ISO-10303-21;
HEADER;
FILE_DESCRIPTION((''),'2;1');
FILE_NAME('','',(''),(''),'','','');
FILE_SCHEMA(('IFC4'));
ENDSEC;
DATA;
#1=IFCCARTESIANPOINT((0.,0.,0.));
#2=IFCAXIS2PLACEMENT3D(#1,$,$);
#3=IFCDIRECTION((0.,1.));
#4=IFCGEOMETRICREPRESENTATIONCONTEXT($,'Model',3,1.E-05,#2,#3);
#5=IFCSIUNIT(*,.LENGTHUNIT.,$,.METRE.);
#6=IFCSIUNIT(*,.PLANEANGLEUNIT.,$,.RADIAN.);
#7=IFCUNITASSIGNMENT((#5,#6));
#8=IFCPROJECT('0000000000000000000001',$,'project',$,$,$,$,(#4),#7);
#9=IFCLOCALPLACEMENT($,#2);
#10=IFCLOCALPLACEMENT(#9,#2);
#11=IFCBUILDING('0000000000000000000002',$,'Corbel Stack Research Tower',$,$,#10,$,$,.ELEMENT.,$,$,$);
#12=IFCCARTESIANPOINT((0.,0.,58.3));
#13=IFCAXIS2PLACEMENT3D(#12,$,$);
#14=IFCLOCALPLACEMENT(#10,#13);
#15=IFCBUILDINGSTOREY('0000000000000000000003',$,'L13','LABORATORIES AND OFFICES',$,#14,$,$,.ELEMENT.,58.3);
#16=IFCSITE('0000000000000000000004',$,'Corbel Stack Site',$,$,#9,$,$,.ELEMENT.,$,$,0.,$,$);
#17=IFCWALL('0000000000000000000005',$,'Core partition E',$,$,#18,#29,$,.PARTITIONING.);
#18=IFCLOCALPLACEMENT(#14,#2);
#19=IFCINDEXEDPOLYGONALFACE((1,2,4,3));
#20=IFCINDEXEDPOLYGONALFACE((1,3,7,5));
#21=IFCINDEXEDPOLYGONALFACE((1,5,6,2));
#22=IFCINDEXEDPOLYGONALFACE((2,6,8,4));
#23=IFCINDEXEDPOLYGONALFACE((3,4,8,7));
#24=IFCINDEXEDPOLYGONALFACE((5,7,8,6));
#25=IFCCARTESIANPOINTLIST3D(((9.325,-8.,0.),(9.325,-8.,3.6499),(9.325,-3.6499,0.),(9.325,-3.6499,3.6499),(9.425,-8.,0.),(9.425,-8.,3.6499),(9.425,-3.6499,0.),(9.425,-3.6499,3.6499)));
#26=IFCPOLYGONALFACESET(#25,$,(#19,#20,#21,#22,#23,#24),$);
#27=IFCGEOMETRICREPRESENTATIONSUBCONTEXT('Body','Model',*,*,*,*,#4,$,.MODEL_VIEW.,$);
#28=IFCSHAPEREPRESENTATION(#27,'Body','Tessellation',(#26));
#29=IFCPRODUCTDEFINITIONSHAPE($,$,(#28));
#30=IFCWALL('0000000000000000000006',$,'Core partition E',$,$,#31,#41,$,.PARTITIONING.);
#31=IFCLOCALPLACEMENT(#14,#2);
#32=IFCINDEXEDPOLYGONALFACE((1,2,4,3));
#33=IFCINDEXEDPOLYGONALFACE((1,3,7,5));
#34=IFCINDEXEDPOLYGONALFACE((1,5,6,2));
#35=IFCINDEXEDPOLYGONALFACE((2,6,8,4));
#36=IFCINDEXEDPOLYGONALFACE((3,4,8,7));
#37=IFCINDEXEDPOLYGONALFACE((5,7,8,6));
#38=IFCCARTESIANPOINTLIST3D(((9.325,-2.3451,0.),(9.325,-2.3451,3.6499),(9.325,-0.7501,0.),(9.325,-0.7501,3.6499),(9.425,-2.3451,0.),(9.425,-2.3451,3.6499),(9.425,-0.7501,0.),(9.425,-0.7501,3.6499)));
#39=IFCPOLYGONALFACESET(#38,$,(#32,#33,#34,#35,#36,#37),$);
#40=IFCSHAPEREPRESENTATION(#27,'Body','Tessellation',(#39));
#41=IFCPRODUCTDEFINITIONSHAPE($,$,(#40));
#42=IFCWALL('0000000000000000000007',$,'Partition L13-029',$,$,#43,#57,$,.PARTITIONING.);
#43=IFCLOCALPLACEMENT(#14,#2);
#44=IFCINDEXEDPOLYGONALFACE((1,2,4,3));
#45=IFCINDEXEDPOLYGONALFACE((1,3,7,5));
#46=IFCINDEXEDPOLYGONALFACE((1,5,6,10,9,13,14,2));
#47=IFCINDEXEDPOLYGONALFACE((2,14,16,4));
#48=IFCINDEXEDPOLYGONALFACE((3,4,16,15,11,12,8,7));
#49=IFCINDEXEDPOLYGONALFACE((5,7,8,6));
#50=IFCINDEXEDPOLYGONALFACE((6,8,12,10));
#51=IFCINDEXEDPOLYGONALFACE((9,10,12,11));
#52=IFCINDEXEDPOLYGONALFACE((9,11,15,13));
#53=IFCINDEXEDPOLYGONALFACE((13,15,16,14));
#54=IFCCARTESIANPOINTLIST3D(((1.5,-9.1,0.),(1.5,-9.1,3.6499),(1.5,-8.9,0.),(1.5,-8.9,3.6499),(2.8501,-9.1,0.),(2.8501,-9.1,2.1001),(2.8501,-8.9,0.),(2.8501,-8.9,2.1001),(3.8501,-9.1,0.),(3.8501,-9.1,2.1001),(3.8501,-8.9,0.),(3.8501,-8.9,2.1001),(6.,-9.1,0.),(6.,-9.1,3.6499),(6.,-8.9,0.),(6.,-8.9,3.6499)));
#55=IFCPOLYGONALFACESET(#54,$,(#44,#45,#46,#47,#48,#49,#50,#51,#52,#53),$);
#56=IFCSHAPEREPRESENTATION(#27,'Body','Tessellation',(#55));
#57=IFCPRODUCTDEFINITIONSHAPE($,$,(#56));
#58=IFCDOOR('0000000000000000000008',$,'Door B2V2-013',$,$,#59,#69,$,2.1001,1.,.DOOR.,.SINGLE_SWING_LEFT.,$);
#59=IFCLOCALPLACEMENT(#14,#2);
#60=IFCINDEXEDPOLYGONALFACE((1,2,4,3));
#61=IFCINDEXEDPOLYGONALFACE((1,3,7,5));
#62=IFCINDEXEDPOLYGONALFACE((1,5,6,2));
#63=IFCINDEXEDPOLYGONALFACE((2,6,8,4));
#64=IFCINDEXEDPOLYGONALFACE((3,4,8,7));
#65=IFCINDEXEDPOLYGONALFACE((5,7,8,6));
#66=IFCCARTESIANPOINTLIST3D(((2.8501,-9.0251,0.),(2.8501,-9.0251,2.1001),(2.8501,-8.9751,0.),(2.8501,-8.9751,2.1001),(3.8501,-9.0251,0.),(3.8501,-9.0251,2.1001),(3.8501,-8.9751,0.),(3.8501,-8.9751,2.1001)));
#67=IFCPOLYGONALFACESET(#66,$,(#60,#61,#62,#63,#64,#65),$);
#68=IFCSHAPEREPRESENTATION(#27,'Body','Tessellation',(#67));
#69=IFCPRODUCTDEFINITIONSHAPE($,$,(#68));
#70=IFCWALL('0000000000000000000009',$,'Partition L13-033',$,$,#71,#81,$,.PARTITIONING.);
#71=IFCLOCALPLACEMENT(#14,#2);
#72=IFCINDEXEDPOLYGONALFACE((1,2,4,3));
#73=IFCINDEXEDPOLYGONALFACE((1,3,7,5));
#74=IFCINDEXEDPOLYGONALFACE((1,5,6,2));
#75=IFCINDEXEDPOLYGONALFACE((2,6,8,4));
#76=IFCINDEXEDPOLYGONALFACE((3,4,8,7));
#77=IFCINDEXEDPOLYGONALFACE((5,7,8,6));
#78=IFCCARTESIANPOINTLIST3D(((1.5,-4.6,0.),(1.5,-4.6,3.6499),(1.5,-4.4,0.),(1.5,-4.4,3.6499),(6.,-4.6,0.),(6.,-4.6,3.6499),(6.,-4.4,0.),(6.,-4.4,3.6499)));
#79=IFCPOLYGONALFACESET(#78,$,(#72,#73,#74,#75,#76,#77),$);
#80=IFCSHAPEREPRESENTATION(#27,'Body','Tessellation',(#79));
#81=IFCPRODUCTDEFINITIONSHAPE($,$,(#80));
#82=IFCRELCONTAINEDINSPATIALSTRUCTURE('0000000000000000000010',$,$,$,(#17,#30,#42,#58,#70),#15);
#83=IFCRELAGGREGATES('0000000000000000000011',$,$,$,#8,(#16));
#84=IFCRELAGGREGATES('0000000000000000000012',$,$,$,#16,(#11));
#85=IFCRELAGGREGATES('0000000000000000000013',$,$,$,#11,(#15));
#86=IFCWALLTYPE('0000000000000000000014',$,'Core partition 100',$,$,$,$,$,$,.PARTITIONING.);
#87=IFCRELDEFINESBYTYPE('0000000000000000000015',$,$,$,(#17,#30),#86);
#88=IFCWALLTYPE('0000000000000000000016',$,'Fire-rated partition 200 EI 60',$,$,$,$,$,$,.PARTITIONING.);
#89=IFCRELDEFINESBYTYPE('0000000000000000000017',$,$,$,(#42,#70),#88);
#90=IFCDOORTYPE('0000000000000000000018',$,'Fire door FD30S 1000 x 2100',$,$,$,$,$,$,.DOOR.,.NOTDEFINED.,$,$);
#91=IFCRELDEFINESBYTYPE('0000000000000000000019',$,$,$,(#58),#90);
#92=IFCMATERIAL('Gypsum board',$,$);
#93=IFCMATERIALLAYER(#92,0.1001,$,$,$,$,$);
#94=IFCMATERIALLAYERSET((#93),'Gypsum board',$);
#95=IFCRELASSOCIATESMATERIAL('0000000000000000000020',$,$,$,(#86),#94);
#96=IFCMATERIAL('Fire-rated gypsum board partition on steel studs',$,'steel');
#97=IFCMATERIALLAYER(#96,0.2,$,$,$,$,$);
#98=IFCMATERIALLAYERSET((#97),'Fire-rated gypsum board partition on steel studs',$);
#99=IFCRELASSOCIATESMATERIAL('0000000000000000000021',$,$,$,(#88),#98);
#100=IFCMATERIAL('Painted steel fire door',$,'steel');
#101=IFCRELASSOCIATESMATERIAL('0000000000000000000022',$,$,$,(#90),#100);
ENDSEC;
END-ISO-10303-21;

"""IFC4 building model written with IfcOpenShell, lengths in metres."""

from ifc_helpers import new_model, si_unit, direction, frame, frame_2d, origin, place, context, subcontext, project, spatial, rectangle, extrude, material, layer, layer_set, type_object, element, fill, save


model = new_model("IFC4")

# Units and contexts
model_context = context("Model", 3, precision=1e-05, world=origin(), true_north=direction((0.0, 1.0)))
body_context = subcontext(model_context, "Body", "Model", "MODEL_VIEW")
ifc_project = project(units=[si_unit("LENGTHUNIT", "METRE"), si_unit("PLANEANGLEUNIT", "RADIAN")], contexts=[model_context])

# Site, building, storey
site_placement = place(None, origin())
site = spatial("IfcSite", under=ifc_project, at=site_placement, Name="Corbel Stack Site", CompositionType="ELEMENT", RefElevation=0.0)
building_placement = place(site_placement, origin())
building = spatial("IfcBuilding", under=site, at=building_placement, Name="Corbel Stack Research Tower", CompositionType="ELEMENT")
storey_placement = place(building_placement, frame((0.0, 0.0, 58.3)))
storey = spatial("IfcBuildingStorey", under=building, at=storey_placement, Name="L13", Description="LABORATORIES AND OFFICES", CompositionType="ELEMENT", Elevation=58.3)

# Shared definitions
ifc_material_1 = material(Name="Gypsum board")
ifc_layer_1 = layer(ifc_material_1, 0.1001)
ifc_layer_set_1 = layer_set([ifc_layer_1], Name="Gypsum board")
wall_type_1 = type_object("IfcWallType", Name="Core partition 100", PredefinedType="PARTITIONING", material=ifc_layer_set_1)

# Walls
wall_1_placement = place(storey_placement, frame((9.375, -8.0, 0.0), z_axis=(0.0, 0.0, 1.0), x_axis=(0.0, 1.0, 0.0)))
element("IfcWall", 1, at=wall_1_placement, inside=storey, type_object=wall_type_1, Name="Core partition E", PredefinedType="PARTITIONING", context=body_context, shape_type="SweptSolid", body=[
    extrude(rectangle(XDim=4.3501, YDim=0.1001, at=frame_2d((2.175, 0.0))), origin(), (0.0, 0.0, 1.0), 3.6499),
])
wall_2_placement = place(storey_placement, frame((9.375, -2.345, 0.0), z_axis=(0.0, 0.0, 1.0), x_axis=(0.0, 1.0, 0.0)))
element("IfcWall", 2, at=wall_2_placement, inside=storey, type_object=wall_type_1, Name="Core partition E", PredefinedType="PARTITIONING", context=body_context, shape_type="SweptSolid", body=[
    extrude(rectangle(XDim=1.595, YDim=0.1001, at=frame_2d((0.7974, 0.0))), origin(), (0.0, 0.0, 1.0), 3.6499),
])

# Wall, opening, door
ifc_material_2 = material(Name="Fire-rated gypsum board partition on steel studs", Category="steel")
ifc_layer_2 = layer(ifc_material_2, 0.2)
ifc_layer_set_2 = layer_set([ifc_layer_2], Name="Fire-rated gypsum board partition on steel studs")
wall_type_2 = type_object("IfcWallType", Name="Fire-rated partition 200 EI 60", PredefinedType="PARTITIONING", material=ifc_layer_set_2)
wall_3_placement = place(storey_placement, frame((1.5, -9.0, 0.0), z_axis=(0.0, 0.0, 1.0), x_axis=(1.0, 0.0, 0.0)))
wall_3 = element("IfcWall", 3, at=wall_3_placement, inside=storey, type_object=wall_type_2, Name="Partition L13-029", PredefinedType="PARTITIONING", context=body_context, shape_type="SweptSolid", body=[
    extrude(rectangle(XDim=4.5, YDim=0.2, at=frame_2d((2.25, 0.0))), origin(), (0.0, 0.0, 1.0), 3.6499),
])
opening_1_placement = place(wall_3_placement, frame((1.3501, 0.0, 0.0)))
opening_1 = element("IfcOpeningElement", 4, at=opening_1_placement, cuts=wall_3, PredefinedType="OPENING", context=body_context, shape_type="SweptSolid", body=[
    extrude(rectangle(XDim=1.0, YDim=2.1001, at=frame_2d((0.5, 1.05))), frame((0.0, 0.1099, 0.0), z_axis=(0.0, -1.0, 0.0), x_axis=(1.0, 0.0, 0.0)), (0.0, 0.0, 1.0), 0.22),
])
ifc_material_3 = material(Name="Painted steel fire door", Category="steel")
door_type_1 = type_object("IfcDoorType", Name="Fire door FD30S 1000 x 2100", OperationType="NOTDEFINED", PredefinedType="DOOR", material=ifc_material_3)
door_1_placement = place(opening_1_placement, origin())
door_1 = element("IfcDoor", 5, at=door_1_placement, inside=storey, type_object=door_type_1, Name="Door B2V2-013", OperationType="SINGLE_SWING_LEFT", OverallHeight=2.1001, OverallWidth=1.0, PredefinedType="DOOR", context=body_context, shape_type="SweptSolid", body=[
    extrude(rectangle(XDim=1.0, YDim=2.1001, at=frame_2d((0.5, 1.05))), frame((0.0, 0.0249, 0.0), z_axis=(0.0, -1.0, 0.0), x_axis=(1.0, 0.0, 0.0)), (0.0, 0.0, 1.0), 0.05),
])
fill(opening_1, door_1)

# Wall
wall_4_placement = place(storey_placement, frame((1.5, -4.5, 0.0), z_axis=(0.0, 0.0, 1.0), x_axis=(1.0, 0.0, 0.0)))
element("IfcWall", 6, at=wall_4_placement, inside=storey, type_object=wall_type_2, Name="Partition L13-033", PredefinedType="PARTITIONING", context=body_context, shape_type="SweptSolid", body=[
    extrude(rectangle(XDim=4.5, YDim=0.2, at=frame_2d((2.25, 0.0))), origin(), (0.0, 0.0, 1.0), 3.6499),
])

save(model, "model.ifc")
